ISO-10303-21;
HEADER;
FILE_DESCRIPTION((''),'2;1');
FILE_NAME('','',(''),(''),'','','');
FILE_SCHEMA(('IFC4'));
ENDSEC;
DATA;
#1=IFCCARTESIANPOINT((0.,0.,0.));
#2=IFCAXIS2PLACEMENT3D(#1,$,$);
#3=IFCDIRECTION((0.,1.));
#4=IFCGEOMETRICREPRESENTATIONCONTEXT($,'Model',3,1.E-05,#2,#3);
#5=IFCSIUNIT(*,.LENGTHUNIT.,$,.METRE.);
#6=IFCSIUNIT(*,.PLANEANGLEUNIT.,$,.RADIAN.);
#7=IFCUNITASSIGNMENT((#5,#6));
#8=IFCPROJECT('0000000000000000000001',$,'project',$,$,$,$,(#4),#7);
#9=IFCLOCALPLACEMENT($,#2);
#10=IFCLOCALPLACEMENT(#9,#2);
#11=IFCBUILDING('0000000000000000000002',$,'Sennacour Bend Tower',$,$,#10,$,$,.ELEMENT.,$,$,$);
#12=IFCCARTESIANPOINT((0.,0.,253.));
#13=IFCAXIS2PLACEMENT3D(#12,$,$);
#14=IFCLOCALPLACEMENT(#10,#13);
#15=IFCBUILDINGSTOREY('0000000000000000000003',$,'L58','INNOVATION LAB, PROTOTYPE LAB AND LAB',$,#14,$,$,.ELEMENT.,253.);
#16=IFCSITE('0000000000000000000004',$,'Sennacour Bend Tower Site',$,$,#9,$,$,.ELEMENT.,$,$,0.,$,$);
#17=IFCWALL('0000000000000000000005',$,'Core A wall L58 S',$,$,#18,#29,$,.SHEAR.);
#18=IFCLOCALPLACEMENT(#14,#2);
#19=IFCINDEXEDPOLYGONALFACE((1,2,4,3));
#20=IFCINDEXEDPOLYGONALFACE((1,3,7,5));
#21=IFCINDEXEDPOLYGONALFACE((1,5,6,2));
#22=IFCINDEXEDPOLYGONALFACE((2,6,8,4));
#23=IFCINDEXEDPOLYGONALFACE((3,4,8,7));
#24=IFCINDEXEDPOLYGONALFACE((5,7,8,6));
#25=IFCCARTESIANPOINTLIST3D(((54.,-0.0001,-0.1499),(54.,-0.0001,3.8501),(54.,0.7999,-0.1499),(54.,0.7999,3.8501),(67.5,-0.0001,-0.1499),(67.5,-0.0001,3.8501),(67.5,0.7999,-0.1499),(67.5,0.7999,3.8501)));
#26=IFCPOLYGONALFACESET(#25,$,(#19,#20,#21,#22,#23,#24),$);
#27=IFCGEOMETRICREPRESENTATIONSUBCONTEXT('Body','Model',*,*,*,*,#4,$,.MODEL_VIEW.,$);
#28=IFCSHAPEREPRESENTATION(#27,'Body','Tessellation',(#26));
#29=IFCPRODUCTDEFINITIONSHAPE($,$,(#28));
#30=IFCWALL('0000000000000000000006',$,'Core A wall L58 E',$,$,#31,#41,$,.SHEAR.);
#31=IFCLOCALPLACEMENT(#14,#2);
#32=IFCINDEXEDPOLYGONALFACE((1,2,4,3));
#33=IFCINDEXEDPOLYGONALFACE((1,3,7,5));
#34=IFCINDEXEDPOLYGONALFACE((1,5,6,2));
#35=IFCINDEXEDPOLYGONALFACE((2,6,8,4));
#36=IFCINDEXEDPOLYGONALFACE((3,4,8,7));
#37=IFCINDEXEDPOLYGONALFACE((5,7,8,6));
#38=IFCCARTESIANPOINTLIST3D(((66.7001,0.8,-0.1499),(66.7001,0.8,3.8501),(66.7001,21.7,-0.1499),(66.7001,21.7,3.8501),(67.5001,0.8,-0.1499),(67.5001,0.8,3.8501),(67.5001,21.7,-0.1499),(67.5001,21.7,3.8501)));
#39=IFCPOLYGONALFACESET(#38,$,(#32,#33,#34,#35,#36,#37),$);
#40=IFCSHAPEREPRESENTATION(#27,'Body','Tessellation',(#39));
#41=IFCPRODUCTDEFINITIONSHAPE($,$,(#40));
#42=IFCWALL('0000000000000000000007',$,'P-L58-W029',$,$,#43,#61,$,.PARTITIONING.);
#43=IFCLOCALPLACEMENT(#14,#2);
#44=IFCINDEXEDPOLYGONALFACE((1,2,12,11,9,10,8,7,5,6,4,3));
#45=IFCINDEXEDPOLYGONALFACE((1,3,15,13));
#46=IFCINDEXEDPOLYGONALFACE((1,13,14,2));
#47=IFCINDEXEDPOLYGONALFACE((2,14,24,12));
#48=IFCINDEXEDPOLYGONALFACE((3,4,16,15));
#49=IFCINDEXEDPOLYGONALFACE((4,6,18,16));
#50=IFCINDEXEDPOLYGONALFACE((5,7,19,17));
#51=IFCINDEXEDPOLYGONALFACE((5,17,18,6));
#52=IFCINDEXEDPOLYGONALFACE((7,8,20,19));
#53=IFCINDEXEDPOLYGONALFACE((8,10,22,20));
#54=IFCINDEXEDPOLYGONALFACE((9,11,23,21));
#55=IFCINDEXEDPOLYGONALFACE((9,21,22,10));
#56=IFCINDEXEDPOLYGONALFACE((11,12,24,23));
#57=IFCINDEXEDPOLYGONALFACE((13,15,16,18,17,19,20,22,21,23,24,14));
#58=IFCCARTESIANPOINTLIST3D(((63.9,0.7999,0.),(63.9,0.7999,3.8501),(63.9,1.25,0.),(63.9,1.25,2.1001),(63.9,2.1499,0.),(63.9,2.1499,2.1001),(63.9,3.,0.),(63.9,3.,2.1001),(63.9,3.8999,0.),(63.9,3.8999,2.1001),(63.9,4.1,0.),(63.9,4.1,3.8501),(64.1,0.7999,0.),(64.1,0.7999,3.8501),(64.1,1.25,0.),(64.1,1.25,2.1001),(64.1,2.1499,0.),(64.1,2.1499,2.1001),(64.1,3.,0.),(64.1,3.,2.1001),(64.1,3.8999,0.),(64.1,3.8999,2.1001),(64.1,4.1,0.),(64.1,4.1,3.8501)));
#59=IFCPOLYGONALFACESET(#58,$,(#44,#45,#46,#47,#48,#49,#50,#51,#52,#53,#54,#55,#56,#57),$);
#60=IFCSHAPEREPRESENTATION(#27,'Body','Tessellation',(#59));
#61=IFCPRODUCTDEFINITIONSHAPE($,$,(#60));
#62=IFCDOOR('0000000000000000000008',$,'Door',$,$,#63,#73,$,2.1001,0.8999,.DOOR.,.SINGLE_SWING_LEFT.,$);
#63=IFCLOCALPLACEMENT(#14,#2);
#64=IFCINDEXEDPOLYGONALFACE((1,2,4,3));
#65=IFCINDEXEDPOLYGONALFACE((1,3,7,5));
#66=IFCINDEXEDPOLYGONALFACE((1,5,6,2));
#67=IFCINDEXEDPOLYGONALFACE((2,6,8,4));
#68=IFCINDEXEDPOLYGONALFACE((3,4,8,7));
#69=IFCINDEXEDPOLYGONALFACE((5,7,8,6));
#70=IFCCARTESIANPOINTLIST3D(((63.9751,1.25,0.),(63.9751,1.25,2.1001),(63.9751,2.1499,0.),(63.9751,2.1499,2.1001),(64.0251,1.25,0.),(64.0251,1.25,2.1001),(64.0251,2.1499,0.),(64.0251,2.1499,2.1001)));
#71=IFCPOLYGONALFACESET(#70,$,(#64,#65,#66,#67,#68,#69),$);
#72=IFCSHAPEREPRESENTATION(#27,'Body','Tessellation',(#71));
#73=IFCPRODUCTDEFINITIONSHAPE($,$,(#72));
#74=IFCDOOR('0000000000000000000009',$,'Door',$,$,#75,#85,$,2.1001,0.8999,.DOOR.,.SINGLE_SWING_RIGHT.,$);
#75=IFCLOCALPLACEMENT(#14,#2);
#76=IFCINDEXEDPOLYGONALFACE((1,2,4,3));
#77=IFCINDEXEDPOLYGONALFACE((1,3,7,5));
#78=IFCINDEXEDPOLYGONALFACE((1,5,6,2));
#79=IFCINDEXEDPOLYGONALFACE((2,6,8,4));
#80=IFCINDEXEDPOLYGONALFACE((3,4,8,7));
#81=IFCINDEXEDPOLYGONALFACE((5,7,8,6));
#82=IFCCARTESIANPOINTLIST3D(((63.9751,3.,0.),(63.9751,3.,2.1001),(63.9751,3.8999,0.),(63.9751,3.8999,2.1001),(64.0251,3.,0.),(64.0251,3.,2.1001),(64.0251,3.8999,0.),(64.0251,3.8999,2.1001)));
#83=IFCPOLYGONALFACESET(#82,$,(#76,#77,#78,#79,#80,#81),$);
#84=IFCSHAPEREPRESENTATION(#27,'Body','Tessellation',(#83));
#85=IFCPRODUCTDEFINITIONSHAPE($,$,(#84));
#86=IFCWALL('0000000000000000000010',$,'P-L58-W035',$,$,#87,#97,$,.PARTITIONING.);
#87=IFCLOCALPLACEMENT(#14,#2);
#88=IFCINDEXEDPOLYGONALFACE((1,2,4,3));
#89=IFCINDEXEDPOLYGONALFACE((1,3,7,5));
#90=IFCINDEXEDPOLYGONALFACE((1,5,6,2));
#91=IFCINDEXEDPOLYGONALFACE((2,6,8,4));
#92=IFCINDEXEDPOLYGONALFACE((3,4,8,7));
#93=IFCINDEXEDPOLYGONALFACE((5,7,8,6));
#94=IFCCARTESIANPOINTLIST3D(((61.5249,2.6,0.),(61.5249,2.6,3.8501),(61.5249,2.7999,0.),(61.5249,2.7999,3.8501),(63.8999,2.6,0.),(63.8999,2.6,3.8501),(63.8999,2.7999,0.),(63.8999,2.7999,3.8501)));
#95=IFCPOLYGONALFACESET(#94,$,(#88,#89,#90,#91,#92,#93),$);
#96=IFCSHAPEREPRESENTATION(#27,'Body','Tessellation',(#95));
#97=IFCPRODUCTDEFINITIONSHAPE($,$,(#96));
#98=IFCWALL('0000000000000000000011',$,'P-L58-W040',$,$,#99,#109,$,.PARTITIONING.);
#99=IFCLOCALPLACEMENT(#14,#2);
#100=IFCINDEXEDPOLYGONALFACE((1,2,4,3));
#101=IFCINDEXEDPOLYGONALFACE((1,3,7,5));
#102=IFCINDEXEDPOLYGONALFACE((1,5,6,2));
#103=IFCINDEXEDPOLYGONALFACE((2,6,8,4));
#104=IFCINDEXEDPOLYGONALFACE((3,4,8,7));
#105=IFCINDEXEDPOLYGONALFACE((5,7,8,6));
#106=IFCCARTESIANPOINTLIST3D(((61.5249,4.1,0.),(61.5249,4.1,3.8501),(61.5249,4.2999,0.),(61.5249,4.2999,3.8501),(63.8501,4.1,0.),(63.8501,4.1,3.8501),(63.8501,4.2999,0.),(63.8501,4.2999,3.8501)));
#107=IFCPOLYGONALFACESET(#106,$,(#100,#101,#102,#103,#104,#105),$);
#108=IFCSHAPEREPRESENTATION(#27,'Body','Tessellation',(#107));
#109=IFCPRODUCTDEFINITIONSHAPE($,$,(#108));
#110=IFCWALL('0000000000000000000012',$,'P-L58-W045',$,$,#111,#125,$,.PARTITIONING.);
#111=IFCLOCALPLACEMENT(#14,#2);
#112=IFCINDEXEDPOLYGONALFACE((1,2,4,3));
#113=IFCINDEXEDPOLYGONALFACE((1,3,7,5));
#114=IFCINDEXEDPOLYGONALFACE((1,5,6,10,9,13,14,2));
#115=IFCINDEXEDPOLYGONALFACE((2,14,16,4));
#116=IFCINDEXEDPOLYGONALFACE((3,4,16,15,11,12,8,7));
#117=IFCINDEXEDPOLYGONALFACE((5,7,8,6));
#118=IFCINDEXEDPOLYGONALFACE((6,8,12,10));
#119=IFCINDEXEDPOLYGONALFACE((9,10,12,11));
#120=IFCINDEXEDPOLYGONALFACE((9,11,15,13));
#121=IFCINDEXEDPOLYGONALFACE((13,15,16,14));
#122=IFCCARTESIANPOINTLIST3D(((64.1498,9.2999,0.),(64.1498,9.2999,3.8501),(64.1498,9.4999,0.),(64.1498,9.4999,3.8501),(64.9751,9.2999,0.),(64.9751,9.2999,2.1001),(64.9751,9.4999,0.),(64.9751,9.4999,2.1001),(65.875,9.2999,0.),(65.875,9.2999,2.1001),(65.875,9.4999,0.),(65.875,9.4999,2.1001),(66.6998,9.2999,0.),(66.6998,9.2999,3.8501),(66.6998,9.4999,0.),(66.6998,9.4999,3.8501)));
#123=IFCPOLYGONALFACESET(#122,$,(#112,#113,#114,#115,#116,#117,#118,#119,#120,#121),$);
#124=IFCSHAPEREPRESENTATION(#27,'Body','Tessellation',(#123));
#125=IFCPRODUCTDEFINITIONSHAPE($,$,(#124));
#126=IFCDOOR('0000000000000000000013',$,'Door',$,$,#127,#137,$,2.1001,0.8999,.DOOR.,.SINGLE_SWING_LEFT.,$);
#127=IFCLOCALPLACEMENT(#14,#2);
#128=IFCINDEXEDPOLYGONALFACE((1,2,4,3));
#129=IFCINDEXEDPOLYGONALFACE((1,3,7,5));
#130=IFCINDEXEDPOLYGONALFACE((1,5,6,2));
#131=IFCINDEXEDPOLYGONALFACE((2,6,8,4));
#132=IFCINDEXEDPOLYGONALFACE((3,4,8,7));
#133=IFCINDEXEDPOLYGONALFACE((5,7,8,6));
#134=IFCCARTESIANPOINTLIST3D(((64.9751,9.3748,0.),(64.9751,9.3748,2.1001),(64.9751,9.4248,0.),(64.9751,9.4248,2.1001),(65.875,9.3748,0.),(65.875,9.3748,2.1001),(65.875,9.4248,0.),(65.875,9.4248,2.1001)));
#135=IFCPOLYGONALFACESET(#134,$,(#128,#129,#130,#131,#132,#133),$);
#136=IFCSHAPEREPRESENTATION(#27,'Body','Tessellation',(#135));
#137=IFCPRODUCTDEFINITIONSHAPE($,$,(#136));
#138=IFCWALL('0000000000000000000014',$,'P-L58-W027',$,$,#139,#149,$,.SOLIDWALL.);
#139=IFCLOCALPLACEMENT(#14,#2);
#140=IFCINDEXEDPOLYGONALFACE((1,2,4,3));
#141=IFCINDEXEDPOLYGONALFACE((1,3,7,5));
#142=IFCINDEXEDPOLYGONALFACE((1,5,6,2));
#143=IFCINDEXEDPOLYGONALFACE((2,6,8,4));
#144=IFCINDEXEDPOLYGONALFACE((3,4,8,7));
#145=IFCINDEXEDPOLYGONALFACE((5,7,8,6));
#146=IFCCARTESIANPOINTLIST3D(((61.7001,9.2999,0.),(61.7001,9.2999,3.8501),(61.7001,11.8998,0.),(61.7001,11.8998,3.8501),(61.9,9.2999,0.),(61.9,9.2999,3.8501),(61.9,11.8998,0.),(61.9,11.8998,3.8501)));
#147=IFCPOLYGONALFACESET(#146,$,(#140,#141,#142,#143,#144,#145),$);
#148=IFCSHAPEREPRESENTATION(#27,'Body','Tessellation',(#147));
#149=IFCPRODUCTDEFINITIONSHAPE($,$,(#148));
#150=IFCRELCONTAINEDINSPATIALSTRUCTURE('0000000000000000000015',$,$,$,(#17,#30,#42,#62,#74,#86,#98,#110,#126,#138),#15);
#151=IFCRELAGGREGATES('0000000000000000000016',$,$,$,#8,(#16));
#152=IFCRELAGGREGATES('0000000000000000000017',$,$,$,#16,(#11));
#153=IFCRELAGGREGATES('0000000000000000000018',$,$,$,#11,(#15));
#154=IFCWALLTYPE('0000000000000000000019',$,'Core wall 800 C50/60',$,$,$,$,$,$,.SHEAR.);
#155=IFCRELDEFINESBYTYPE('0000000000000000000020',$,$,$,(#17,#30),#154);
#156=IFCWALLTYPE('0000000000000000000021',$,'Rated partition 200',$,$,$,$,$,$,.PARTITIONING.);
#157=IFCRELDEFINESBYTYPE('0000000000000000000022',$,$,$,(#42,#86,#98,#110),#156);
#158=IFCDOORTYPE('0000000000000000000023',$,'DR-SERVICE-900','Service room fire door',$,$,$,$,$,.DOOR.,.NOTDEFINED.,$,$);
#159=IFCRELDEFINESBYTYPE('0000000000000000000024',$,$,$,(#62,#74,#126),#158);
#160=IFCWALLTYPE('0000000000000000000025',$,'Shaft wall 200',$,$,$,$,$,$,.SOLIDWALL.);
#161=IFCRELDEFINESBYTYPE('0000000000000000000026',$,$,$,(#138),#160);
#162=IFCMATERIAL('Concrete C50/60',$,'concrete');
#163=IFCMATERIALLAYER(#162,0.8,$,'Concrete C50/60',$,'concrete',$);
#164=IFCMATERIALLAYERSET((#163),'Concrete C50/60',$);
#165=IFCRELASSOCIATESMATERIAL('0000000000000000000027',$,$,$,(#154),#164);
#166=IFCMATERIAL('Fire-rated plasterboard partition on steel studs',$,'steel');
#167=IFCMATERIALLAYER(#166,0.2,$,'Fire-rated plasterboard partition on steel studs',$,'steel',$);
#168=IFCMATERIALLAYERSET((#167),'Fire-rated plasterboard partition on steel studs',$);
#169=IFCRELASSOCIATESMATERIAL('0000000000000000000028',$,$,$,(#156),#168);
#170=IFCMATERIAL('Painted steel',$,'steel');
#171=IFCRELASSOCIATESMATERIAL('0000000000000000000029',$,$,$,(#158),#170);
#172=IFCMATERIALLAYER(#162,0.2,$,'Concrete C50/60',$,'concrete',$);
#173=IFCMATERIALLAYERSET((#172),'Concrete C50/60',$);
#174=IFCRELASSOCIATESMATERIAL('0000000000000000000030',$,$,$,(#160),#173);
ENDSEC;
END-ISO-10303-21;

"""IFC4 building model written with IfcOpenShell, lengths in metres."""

from ifc_helpers import new_model, si_unit, direction, frame, frame_2d, origin, place, context, subcontext, project, spatial, rectangle, extrude, material, layer, layer_set, type_object, element, fill, save


model = new_model("IFC4")

# Units and contexts
model_context = context("Model", 3, precision=1e-05, world=origin(), true_north=direction((0.0, 1.0)))
body_context = subcontext(model_context, "Body", "Model", "MODEL_VIEW")
ifc_project = project(units=[si_unit("LENGTHUNIT", "METRE"), si_unit("PLANEANGLEUNIT", "RADIAN")], contexts=[model_context])

# Site, building, storey
site_placement = place(None, origin())
site = spatial("IfcSite", under=ifc_project, at=site_placement, Name="Sennacour Bend Tower Site", CompositionType="ELEMENT", RefElevation=0.0)
building_placement = place(site_placement, origin())
building = spatial("IfcBuilding", under=site, at=building_placement, Name="Sennacour Bend Tower", CompositionType="ELEMENT")
storey_placement = place(building_placement, frame((0.0, 0.0, 253.0)))
storey = spatial("IfcBuildingStorey", under=building, at=storey_placement, Name="L58", Description="INNOVATION LAB, PROTOTYPE LAB AND LAB", CompositionType="ELEMENT", Elevation=253.0)

# Walls
ifc_material_1 = material(Name="Concrete C50/60", Category="concrete")
ifc_layer_1 = layer(ifc_material_1, 0.8, Name="Concrete C50/60", Category="concrete")
ifc_layer_set_1 = layer_set([ifc_layer_1], Name="Concrete C50/60")
wall_type_1 = type_object("IfcWallType", Name="Core wall 800 C50/60", PredefinedType="SHEAR", material=ifc_layer_set_1)
wall_1_placement = place(storey_placement, frame((67.5, 0.3999, -0.1499), z_axis=(0.0, 0.0, 1.0), x_axis=(-1.0, 0.0, 0.0)))
element("IfcWall", 1, at=wall_1_placement, inside=storey, type_object=wall_type_1, Name="Core A wall L58 S", PredefinedType="SHEAR", context=body_context, shape_type="SweptSolid", body=[
    extrude(rectangle(XDim=13.5, YDim=0.8, at=frame_2d((6.75, 0.0))), origin(), (0.0, 0.0, 1.0), 4.0),
])
wall_2_placement = place(storey_placement, frame((67.1001, 0.8, -0.1499), z_axis=(0.0, 0.0, 1.0), x_axis=(0.0, 1.0, 0.0)))
element("IfcWall", 2, at=wall_2_placement, inside=storey, type_object=wall_type_1, Name="Core A wall L58 E", PredefinedType="SHEAR", context=body_context, shape_type="SweptSolid", body=[
    extrude(rectangle(XDim=20.8999, YDim=0.8, at=frame_2d((10.45, 0.0))), origin(), (0.0, 0.0, 1.0), 4.0),
])

# Wall, openings, doors
ifc_material_2 = material(Name="Fire-rated plasterboard partition on steel studs", Category="steel")
ifc_layer_2 = layer(ifc_material_2, 0.2, Name="Fire-rated plasterboard partition on steel studs", Category="steel")
ifc_layer_set_2 = layer_set([ifc_layer_2], Name="Fire-rated plasterboard partition on steel studs")
wall_type_2 = type_object("IfcWallType", Name="Rated partition 200", PredefinedType="PARTITIONING", material=ifc_layer_set_2)
wall_3_placement = place(storey_placement, frame((64.0, 0.8, 0.0), z_axis=(0.0, 0.0, 1.0), x_axis=(0.0, 1.0, 0.0)))
wall_3 = element("IfcWall", 3, at=wall_3_placement, inside=storey, type_object=wall_type_2, Name="P-L58-W029", PredefinedType="PARTITIONING", context=body_context, shape_type="SweptSolid", body=[
    extrude(rectangle(XDim=3.3, YDim=0.2, at=frame_2d((1.6499, 0.0))), origin(), (0.0, 0.0, 1.0), 3.8501),
])
opening_1_placement = place(wall_3_placement, frame((0.45, 0.0, 0.0)))
opening_1 = element("IfcOpeningElement", 4, at=opening_1_placement, cuts=wall_3, PredefinedType="OPENING", context=body_context, shape_type="SweptSolid", body=[
    extrude(rectangle(XDim=0.8999, YDim=2.1001, at=frame_2d((0.45, 1.05))), frame((0.0, 0.1099, 0.0), z_axis=(0.0, -1.0, 0.0), x_axis=(1.0, 0.0, 0.0)), (0.0, 0.0, 1.0), 0.22),
])
opening_2_placement = place(wall_3_placement, frame((2.2, 0.0, 0.0)))
opening_2 = element("IfcOpeningElement", 5, at=opening_2_placement, cuts=wall_3, PredefinedType="OPENING", context=body_context, shape_type="SweptSolid", body=[
    extrude(rectangle(XDim=0.8999, YDim=2.1001, at=frame_2d((0.45, 1.05))), frame((0.0, 0.1099, 0.0), z_axis=(0.0, -1.0, 0.0), x_axis=(1.0, 0.0, 0.0)), (0.0, 0.0, 1.0), 0.22),
])
ifc_material_3 = material(Name="Painted steel", Category="steel")
door_type_1 = type_object("IfcDoorType", Name="DR-SERVICE-900", Description="Service room fire door", OperationType="NOTDEFINED", PredefinedType="DOOR", material=ifc_material_3)
door_1_placement = place(opening_1_placement, origin())
door_1 = element("IfcDoor", 6, at=door_1_placement, inside=storey, type_object=door_type_1, Name="Door", OperationType="SINGLE_SWING_LEFT", OverallHeight=2.1001, OverallWidth=0.8999, PredefinedType="DOOR", context=body_context, shape_type="SweptSolid", body=[
    extrude(rectangle(XDim=0.8999, YDim=2.1001, at=frame_2d((0.45, 1.05))), frame((0.0, 0.0249, 0.0), z_axis=(0.0, -1.0, 0.0), x_axis=(1.0, 0.0, 0.0)), (0.0, 0.0, 1.0), 0.05),
])
fill(opening_1, door_1)
door_2_placement = place(opening_2_placement, origin())
door_2 = element("IfcDoor", 7, at=door_2_placement, inside=storey, type_object=door_type_1, Name="Door", OperationType="SINGLE_SWING_RIGHT", OverallHeight=2.1001, OverallWidth=0.8999, PredefinedType="DOOR", context=body_context, shape_type="SweptSolid", body=[
    extrude(rectangle(XDim=0.8999, YDim=2.1001, at=frame_2d((0.45, 1.05))), frame((0.0, 0.0249, 0.0), z_axis=(0.0, -1.0, 0.0), x_axis=(1.0, 0.0, 0.0)), (0.0, 0.0, 1.0), 0.05),
])
fill(opening_2, door_2)

# Walls
wall_4_placement = place(storey_placement, frame((61.5249, 2.7, 0.0), z_axis=(0.0, 0.0, 1.0), x_axis=(1.0, 0.0, 0.0)))
element("IfcWall", 8, at=wall_4_placement, inside=storey, type_object=wall_type_2, Name="P-L58-W035", PredefinedType="PARTITIONING", context=body_context, shape_type="SweptSolid", body=[
    extrude(rectangle(XDim=2.375, YDim=0.2, at=frame_2d((1.1875, 0.0))), origin(), (0.0, 0.0, 1.0), 3.8501),
])
wall_5_placement = place(storey_placement, frame((61.5249, 4.2, 0.0), z_axis=(0.0, 0.0, 1.0), x_axis=(1.0, 0.0, 0.0)))
element("IfcWall", 9, at=wall_5_placement, inside=storey, type_object=wall_type_2, Name="P-L58-W040", PredefinedType="PARTITIONING", context=body_context, shape_type="SweptSolid", body=[
    extrude(rectangle(XDim=2.3252, YDim=0.2, at=frame_2d((1.1626, 0.0))), origin(), (0.0, 0.0, 1.0), 3.8501),
])

# Wall, opening, door
wall_6_placement = place(storey_placement, frame((64.1499, 9.3999, 0.0), z_axis=(0.0, 0.0, 1.0), x_axis=(1.0, 0.0, 0.0)))
wall_6 = element("IfcWall", 10, at=wall_6_placement, inside=storey, type_object=wall_type_2, Name="P-L58-W045", PredefinedType="PARTITIONING", context=body_context, shape_type="SweptSolid", body=[
    extrude(rectangle(XDim=2.55, YDim=0.2, at=frame_2d((1.2749, 0.0))), origin(), (0.0, 0.0, 1.0), 3.8501),
])
opening_3_placement = place(wall_6_placement, frame((0.8252, 0.0, 0.0)))
opening_3 = element("IfcOpeningElement", 11, at=opening_3_placement, cuts=wall_6, PredefinedType="OPENING", context=body_context, shape_type="SweptSolid", body=[
    extrude(rectangle(XDim=0.8999, YDim=2.1001, at=frame_2d((0.45, 1.05))), frame((0.0, 0.1099, 0.0), z_axis=(0.0, -1.0, 0.0), x_axis=(1.0, 0.0, 0.0)), (0.0, 0.0, 1.0), 0.22),
])
door_3_placement = place(opening_3_placement, origin())
door_3 = element("IfcDoor", 12, at=door_3_placement, inside=storey, type_object=door_type_1, Name="Door", OperationType="SINGLE_SWING_LEFT", OverallHeight=2.1001, OverallWidth=0.8999, PredefinedType="DOOR", context=body_context, shape_type="SweptSolid", body=[
    extrude(rectangle(XDim=0.8999, YDim=2.1001, at=frame_2d((0.45, 1.05))), frame((0.0, 0.0249, 0.0), z_axis=(0.0, -1.0, 0.0), x_axis=(1.0, 0.0, 0.0)), (0.0, 0.0, 1.0), 0.05),
])
fill(opening_3, door_3)

# Wall
ifc_layer_3 = layer(ifc_material_1, 0.2, Name="Concrete C50/60", Category="concrete")
ifc_layer_set_3 = layer_set([ifc_layer_3], Name="Concrete C50/60")
wall_type_3 = type_object("IfcWallType", Name="Shaft wall 200", PredefinedType="SOLIDWALL", material=ifc_layer_set_3)
wall_7_placement = place(storey_placement, frame((61.8, 9.3, 0.0), z_axis=(0.0, 0.0, 1.0), x_axis=(0.0, 1.0, 0.0)))
element("IfcWall", 13, at=wall_7_placement, inside=storey, type_object=wall_type_3, Name="P-L58-W027", PredefinedType="SOLIDWALL", context=body_context, shape_type="SweptSolid", body=[
    extrude(rectangle(XDim=2.5999, YDim=0.2, at=frame_2d((1.2998, 0.0))), origin(), (0.0, 0.0, 1.0), 3.8501),
])

save(model, "model.ifc")
